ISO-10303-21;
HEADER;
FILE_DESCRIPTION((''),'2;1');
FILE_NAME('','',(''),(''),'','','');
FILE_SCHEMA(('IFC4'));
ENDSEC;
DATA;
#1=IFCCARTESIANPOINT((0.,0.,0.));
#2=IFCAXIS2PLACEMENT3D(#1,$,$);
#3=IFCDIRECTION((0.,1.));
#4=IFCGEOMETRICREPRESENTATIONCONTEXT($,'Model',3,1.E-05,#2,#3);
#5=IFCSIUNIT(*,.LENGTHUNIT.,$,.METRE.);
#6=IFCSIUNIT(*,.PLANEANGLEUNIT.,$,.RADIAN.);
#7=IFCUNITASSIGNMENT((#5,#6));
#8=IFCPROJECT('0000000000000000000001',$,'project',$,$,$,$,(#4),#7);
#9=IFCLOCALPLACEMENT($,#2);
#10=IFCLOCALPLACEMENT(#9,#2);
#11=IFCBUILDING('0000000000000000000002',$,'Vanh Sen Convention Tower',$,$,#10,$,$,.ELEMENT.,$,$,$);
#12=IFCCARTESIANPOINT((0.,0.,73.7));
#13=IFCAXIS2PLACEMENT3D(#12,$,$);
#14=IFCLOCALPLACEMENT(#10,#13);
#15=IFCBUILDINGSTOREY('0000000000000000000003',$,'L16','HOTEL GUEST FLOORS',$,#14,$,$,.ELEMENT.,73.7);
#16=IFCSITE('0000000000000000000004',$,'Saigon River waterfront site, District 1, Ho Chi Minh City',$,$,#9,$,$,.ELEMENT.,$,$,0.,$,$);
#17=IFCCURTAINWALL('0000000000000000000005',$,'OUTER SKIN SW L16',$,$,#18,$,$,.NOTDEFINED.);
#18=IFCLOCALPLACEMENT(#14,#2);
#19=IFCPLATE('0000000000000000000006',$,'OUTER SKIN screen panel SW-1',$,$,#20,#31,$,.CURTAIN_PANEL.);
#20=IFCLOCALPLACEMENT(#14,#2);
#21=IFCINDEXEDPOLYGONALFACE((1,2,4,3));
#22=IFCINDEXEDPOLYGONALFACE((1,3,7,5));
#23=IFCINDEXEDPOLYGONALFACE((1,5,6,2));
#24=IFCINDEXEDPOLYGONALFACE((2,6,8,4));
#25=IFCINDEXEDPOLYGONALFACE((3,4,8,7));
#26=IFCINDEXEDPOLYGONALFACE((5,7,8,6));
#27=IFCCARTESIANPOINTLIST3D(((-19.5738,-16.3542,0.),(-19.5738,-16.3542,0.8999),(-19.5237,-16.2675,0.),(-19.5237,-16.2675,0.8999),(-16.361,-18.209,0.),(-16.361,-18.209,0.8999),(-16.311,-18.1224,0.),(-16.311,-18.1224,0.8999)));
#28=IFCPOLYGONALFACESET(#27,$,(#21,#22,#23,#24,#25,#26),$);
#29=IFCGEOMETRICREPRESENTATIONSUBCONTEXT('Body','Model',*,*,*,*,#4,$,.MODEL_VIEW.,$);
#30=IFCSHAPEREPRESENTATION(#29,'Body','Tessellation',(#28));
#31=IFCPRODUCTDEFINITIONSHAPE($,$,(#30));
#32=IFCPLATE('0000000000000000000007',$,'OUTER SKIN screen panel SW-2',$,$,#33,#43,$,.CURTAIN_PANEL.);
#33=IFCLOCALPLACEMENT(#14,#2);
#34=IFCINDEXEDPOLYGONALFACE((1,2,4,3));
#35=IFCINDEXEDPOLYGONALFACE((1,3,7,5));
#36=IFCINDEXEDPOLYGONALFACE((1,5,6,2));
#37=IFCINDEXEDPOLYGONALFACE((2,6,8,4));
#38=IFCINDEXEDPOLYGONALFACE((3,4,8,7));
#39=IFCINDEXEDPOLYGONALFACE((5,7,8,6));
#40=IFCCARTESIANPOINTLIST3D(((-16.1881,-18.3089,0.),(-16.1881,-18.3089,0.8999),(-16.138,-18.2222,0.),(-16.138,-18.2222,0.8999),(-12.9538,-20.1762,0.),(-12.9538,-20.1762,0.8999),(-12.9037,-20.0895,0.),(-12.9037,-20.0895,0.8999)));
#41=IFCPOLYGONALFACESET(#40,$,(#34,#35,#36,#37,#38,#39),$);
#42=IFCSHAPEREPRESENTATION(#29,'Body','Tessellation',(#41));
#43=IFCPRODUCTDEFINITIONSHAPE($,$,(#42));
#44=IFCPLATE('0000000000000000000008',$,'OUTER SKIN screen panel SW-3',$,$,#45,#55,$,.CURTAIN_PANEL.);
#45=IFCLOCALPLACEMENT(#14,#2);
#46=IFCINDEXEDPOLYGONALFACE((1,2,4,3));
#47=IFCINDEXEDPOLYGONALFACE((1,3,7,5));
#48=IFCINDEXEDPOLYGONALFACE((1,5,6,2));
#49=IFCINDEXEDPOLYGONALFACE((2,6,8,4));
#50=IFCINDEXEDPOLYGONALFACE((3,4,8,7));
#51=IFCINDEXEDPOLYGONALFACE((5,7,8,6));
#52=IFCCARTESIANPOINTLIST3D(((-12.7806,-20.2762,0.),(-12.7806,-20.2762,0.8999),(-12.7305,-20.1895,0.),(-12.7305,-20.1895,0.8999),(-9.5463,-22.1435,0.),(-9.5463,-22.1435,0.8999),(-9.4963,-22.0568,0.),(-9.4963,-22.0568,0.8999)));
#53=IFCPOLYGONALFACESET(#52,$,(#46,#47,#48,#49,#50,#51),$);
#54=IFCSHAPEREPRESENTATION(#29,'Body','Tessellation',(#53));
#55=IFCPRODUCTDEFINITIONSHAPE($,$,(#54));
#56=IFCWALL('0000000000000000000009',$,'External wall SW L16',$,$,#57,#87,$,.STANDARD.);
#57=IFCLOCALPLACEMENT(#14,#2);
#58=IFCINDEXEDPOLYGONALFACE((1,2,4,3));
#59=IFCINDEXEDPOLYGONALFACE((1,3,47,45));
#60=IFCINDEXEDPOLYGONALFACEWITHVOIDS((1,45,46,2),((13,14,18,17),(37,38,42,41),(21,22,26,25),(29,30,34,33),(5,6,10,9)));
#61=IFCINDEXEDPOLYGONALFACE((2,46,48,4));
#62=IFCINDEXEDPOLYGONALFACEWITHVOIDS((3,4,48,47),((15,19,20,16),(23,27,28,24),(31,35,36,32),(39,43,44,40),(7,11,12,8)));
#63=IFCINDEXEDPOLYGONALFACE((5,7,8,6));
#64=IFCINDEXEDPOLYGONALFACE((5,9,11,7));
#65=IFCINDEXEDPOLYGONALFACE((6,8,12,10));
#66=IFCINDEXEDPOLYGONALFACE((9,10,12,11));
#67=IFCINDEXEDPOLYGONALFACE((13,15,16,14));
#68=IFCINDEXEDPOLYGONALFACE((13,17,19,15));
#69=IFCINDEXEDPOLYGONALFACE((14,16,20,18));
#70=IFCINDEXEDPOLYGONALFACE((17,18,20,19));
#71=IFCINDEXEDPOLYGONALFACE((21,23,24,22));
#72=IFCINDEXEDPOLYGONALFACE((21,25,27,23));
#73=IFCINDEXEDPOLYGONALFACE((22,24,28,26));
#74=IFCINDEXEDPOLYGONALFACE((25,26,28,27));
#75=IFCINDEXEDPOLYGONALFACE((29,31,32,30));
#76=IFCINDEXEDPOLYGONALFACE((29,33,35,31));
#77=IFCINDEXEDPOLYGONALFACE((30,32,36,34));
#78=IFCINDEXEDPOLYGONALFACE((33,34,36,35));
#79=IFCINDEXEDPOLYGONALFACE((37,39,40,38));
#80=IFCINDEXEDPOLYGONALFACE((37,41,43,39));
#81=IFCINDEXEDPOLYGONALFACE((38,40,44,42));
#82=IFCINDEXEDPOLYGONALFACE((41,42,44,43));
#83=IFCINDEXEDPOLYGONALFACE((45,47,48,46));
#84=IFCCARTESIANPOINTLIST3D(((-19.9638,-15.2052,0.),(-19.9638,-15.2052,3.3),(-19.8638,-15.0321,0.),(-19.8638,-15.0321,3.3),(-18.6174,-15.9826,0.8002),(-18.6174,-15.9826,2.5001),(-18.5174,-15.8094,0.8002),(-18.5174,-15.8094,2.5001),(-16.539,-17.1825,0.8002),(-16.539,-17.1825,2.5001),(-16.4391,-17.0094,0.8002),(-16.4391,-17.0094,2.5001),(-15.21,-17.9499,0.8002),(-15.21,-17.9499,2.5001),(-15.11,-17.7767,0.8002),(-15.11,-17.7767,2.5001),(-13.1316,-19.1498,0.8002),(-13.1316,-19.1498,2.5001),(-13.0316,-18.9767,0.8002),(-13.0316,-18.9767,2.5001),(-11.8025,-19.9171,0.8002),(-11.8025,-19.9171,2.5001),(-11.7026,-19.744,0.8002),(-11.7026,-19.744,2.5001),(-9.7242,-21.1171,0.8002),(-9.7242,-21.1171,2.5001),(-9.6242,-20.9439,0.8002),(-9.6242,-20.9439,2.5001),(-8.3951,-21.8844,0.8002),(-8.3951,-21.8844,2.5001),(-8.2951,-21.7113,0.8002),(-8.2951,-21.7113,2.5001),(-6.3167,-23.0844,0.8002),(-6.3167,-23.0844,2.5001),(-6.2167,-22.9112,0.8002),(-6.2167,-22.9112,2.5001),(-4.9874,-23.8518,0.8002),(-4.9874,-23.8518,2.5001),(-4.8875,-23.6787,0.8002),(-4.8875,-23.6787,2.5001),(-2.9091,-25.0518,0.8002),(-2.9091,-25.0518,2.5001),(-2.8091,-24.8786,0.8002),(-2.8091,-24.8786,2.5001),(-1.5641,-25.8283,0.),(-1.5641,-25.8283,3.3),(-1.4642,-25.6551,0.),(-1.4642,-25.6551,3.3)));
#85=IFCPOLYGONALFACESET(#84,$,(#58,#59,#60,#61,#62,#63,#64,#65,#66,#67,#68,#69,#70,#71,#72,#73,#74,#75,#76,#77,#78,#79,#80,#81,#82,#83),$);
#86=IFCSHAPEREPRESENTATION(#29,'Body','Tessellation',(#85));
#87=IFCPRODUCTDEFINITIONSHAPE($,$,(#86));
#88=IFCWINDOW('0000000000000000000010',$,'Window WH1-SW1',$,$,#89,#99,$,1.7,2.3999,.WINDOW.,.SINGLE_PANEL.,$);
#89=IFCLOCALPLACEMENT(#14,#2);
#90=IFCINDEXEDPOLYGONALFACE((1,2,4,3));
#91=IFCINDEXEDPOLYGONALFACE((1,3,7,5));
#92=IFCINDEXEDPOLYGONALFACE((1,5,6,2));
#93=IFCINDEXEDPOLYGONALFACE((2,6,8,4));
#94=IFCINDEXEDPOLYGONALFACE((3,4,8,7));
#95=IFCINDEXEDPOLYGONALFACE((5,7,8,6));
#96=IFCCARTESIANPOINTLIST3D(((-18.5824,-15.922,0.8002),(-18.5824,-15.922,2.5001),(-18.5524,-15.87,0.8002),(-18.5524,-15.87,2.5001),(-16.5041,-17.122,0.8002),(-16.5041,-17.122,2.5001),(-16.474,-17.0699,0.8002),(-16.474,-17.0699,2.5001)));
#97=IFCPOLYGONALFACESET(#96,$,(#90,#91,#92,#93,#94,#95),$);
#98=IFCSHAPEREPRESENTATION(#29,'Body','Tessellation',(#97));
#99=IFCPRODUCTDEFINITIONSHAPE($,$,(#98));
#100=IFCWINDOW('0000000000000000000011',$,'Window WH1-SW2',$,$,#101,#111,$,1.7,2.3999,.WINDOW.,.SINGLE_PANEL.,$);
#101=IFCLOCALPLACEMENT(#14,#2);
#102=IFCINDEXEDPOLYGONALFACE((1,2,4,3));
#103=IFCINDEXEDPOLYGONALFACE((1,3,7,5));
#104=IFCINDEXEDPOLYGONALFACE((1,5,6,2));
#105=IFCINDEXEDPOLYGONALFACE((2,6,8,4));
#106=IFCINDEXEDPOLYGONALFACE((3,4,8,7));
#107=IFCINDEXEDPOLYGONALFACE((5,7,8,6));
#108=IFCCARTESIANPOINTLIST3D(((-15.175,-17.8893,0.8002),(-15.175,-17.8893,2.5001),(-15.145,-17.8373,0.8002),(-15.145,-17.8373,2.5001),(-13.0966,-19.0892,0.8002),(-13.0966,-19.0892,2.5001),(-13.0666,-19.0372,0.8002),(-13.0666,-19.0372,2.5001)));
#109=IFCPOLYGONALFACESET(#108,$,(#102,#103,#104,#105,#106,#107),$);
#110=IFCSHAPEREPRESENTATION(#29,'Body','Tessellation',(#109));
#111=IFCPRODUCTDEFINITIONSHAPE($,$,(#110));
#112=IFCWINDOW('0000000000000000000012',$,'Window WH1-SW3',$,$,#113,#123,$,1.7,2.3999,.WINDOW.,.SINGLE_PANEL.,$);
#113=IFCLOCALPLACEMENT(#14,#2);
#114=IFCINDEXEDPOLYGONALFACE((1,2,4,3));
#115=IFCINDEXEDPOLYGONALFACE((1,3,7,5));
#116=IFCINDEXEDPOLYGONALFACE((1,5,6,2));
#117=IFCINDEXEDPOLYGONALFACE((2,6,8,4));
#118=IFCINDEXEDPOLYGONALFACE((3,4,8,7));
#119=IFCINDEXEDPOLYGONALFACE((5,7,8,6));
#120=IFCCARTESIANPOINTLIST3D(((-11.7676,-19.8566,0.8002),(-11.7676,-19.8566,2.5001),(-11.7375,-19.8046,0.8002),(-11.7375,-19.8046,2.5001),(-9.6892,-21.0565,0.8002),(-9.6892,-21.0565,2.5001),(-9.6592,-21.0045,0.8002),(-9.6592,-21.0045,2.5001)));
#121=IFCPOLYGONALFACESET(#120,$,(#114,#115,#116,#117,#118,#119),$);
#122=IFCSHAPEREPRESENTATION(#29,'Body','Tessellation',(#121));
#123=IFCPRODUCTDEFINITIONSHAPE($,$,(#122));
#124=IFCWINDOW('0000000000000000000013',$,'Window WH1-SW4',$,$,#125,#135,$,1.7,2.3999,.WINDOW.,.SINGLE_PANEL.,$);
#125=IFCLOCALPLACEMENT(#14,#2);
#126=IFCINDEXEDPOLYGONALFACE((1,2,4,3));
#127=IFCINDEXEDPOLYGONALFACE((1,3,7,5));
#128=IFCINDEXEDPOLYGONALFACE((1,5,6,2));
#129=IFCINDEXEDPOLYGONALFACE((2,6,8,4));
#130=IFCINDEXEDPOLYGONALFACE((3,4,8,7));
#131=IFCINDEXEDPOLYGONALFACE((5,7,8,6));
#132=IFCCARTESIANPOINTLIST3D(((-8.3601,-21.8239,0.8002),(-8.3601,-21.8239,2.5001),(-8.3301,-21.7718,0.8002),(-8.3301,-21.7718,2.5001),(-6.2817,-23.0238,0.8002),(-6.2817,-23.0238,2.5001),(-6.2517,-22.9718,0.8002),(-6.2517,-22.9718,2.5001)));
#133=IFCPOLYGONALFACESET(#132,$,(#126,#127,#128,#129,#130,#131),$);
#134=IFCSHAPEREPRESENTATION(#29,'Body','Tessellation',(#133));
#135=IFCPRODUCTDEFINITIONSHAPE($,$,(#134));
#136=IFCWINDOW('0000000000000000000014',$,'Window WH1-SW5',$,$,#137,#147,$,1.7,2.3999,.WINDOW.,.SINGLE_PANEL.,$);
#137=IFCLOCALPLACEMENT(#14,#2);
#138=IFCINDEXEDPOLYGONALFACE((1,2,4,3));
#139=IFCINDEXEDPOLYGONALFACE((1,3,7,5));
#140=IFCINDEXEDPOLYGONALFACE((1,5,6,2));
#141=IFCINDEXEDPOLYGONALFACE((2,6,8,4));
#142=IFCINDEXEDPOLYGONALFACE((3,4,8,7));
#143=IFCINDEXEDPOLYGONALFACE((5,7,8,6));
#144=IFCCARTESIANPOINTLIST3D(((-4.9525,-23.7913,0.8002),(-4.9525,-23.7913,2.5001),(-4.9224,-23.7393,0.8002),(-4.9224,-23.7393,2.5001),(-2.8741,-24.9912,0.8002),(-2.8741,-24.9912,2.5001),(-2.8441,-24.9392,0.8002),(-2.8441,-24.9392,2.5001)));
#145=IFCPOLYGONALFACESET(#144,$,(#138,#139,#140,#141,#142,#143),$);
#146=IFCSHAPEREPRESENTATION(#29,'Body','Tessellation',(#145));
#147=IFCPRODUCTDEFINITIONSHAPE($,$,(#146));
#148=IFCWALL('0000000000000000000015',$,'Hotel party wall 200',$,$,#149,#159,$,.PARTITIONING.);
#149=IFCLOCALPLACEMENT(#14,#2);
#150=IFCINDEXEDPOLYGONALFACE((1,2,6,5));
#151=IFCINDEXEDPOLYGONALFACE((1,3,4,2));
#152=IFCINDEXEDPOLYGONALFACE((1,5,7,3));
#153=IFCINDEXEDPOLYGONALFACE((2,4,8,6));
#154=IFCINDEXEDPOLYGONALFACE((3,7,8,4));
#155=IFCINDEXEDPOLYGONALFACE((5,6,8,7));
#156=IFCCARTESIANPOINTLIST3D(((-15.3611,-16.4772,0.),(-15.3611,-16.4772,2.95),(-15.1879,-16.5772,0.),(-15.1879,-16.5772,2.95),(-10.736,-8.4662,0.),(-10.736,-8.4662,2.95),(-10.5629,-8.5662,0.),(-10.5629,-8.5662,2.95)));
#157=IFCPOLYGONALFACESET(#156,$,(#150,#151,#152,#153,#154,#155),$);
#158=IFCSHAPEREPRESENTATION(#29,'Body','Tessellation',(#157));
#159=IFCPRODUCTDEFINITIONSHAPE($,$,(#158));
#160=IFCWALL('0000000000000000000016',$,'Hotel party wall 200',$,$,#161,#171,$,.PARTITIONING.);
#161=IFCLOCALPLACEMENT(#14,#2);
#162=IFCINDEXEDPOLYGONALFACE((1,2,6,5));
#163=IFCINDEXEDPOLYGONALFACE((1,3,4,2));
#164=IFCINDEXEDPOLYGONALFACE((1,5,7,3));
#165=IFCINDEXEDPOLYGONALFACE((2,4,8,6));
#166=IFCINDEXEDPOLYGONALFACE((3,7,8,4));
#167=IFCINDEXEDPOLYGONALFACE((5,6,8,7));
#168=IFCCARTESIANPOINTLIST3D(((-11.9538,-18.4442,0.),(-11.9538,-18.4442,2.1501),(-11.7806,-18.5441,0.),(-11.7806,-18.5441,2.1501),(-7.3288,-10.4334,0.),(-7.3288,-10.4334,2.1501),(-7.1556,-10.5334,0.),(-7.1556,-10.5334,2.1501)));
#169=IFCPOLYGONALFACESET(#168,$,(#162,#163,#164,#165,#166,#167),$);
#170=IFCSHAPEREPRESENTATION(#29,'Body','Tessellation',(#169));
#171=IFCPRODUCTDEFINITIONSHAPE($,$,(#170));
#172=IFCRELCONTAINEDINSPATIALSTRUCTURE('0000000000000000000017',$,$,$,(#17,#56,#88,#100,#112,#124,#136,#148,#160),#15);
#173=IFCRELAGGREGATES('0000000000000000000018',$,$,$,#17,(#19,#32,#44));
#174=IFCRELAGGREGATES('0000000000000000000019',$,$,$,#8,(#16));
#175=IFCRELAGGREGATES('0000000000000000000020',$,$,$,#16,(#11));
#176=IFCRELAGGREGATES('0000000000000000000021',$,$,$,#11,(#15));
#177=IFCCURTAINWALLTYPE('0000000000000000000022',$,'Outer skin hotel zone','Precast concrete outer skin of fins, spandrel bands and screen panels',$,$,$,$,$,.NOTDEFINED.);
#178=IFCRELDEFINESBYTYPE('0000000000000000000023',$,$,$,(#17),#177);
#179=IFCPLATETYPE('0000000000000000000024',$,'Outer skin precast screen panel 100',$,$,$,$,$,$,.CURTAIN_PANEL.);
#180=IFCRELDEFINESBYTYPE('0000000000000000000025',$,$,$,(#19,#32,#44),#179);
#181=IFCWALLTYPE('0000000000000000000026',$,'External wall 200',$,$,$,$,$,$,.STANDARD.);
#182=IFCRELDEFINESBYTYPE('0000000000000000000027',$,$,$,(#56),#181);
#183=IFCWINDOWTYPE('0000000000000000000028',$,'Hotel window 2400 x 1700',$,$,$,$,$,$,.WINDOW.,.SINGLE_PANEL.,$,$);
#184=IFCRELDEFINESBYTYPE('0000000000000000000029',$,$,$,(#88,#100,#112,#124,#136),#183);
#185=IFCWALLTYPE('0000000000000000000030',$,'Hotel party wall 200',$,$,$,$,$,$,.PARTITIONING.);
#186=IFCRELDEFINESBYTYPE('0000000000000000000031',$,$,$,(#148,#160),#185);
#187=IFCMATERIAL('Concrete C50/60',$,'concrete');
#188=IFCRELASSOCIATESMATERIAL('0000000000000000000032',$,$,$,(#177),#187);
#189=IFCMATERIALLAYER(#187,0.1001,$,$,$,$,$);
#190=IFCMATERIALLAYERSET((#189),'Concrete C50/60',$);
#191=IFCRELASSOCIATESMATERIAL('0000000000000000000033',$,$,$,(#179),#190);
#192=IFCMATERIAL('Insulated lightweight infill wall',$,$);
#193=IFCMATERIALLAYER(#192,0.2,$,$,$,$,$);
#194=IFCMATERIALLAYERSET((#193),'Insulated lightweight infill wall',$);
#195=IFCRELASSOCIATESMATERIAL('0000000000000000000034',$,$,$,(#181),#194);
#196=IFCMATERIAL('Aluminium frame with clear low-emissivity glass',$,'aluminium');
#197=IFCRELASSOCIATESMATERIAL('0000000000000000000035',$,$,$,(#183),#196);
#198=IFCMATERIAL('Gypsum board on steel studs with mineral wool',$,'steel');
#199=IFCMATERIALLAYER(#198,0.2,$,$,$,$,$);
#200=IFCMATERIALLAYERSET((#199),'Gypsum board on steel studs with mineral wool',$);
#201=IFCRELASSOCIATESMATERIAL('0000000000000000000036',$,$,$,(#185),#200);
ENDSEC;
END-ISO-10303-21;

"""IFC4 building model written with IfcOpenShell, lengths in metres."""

from ifc_helpers import new_model, si_unit, direction, frame, frame_2d, origin, origin_2d, place, context, subcontext, project, spatial, rectangle, extrude, material, layer, layer_set, type_object, element, fill, aggregate, save


model = new_model("IFC4")

# Units and contexts
model_context = context("Model", 3, precision=1e-05, world=origin(), true_north=direction((0.0, 1.0)))
body_context = subcontext(model_context, "Body", "Model", "MODEL_VIEW")
ifc_project = project(units=[si_unit("LENGTHUNIT", "METRE"), si_unit("PLANEANGLEUNIT", "RADIAN")], contexts=[model_context])

# Site, building, storey
site_placement = place(None, origin())
site = spatial("IfcSite", under=ifc_project, at=site_placement, Name="Saigon River waterfront site, District 1, Ho Chi Minh City", CompositionType="ELEMENT", RefElevation=0.0)
building_placement = place(site_placement, origin())
building = spatial("IfcBuilding", under=site, at=building_placement, Name="Vanh Sen Convention Tower", CompositionType="ELEMENT")
storey_placement = place(building_placement, frame((0.0, 0.0, 73.7)))
storey = spatial("IfcBuildingStorey", under=building, at=storey_placement, Name="L16", Description="HOTEL GUEST FLOORS", CompositionType="ELEMENT", Elevation=73.7)

# Curtain wall
ifc_material_1 = material(Name="Concrete C50/60", Category="concrete")
curtain_wall_type = type_object("IfcCurtainWallType", Name="Outer skin hotel zone", Description="Precast concrete outer skin of fins, spandrel bands and screen panels", PredefinedType="NOTDEFINED", material=ifc_material_1)
curtain_wall_1_placement = place(storey_placement, origin())
curtain_wall_1 = element("IfcCurtainWall", 1, at=curtain_wall_1_placement, inside=storey, type_object=curtain_wall_type, Name="OUTER SKIN SW L16", PredefinedType="NOTDEFINED")

# Shared definitions
ifc_layer_1 = layer(ifc_material_1, 0.1001)
ifc_layer_set_1 = layer_set([ifc_layer_1], Name="Concrete C50/60")
plate_type = type_object("IfcPlateType", Name="Outer skin precast screen panel 100", PredefinedType="CURTAIN_PANEL", material=ifc_layer_set_1)

# Plates
plate_1_placement = place(storey_placement, frame((-17.9424, -17.2383, 0.0), z_axis=(0.0, 0.0, 1.0), x_axis=(0.866028, -0.499995, 0.0)))
plate_1 = element("IfcPlate", 2, at=plate_1_placement, type_object=plate_type, Name="OUTER SKIN screen panel SW-1", PredefinedType="CURTAIN_PANEL", context=body_context, shape_type="SweptSolid", body=[
    extrude(rectangle(XDim=3.7097, YDim=0.1001, at=origin_2d()), origin(), (0.0, 0.0, 1.0), 0.8999),
])
plate_2_placement = place(storey_placement, frame((-14.5459, -19.1992, 0.0), z_axis=(0.0, 0.0, 1.0), x_axis=(0.866032, -0.499988, 0.0)))
plate_2 = element("IfcPlate", 3, at=plate_2_placement, type_object=plate_type, Name="OUTER SKIN screen panel SW-2", PredefinedType="CURTAIN_PANEL", context=body_context, shape_type="SweptSolid", body=[
    extrude(rectangle(XDim=3.7346, YDim=0.1001, at=origin_2d()), origin(), (0.0, 0.0, 1.0), 0.8999),
])
plate_3_placement = place(storey_placement, frame((-11.1384, -21.1665, 0.0), z_axis=(0.0, 0.0, 1.0), x_axis=(0.866028, -0.499995, 0.0)))
plate_3 = element("IfcPlate", 4, at=plate_3_placement, type_object=plate_type, Name="OUTER SKIN screen panel SW-3", PredefinedType="CURTAIN_PANEL", context=body_context, shape_type="SweptSolid", body=[
    extrude(rectangle(XDim=3.7346, YDim=0.1001, at=origin_2d()), origin(), (0.0, 0.0, 1.0), 0.8999),
])
aggregate(curtain_wall_1, [plate_1, plate_2, plate_3])

# Wall, openings, windows
ifc_material_2 = material(Name="Insulated lightweight infill wall")
ifc_layer_2 = layer(ifc_material_2, 0.2)
ifc_layer_set_2 = layer_set([ifc_layer_2], Name="Insulated lightweight infill wall")
wall_type_1 = type_object("IfcWallType", Name="External wall 200", PredefinedType="STANDARD", material=ifc_layer_set_2)
wall_1_placement = place(storey_placement, frame((-19.9138, -15.1187, 0.0), z_axis=(0.0, 0.0, 1.0), x_axis=(0.866025, -0.5, 0.0)))
wall_1 = element("IfcWall", 5, at=wall_1_placement, inside=storey, type_object=wall_type_1, Name="External wall SW L16", PredefinedType="STANDARD", context=body_context, shape_type="SweptSolid", body=[
    extrude(rectangle(XDim=21.2461, YDim=0.2, at=frame_2d((10.623, 0.0))), origin(), (0.0, 0.0, 1.0), 3.3),
])
opening_1_placement = place(wall_1_placement, frame((1.5547, 0.0, 0.8)))
opening_1 = element("IfcOpeningElement", 6, at=opening_1_placement, cuts=wall_1, PredefinedType="OPENING", context=body_context, shape_type="SweptSolid", body=[
    extrude(rectangle(XDim=2.3999, YDim=1.7, at=frame_2d((1.2, 0.8501))), frame((0.0, 0.1099, 0.0), z_axis=(0.0, -1.0, 0.0), x_axis=(1.0, 0.0, 0.0)), (0.0, 0.0, 1.0), 0.22),
])
opening_2_placement = place(wall_1_placement, frame((5.4893, 0.0, 0.8)))
opening_2 = element("IfcOpeningElement", 7, at=opening_2_placement, cuts=wall_1, PredefinedType="OPENING", context=body_context, shape_type="SweptSolid", body=[
    extrude(rectangle(XDim=2.3999, YDim=1.7, at=frame_2d((1.2, 0.8501))), frame((0.0, 0.1099, 0.0), z_axis=(0.0, -1.0, 0.0), x_axis=(1.0, 0.0, 0.0)), (0.0, 0.0, 1.0), 0.22),
])
opening_3_placement = place(wall_1_placement, frame((9.4238, 0.0, 0.8)))
opening_3 = element("IfcOpeningElement", 8, at=opening_3_placement, cuts=wall_1, PredefinedType="OPENING", context=body_context, shape_type="SweptSolid", body=[
    extrude(rectangle(XDim=2.3999, YDim=1.7, at=frame_2d((1.2, 0.8501))), frame((0.0, 0.1099, 0.0), z_axis=(0.0, -1.0, 0.0), x_axis=(1.0, 0.0, 0.0)), (0.0, 0.0, 1.0), 0.22),
])
opening_4_placement = place(wall_1_placement, frame((13.3584, 0.0, 0.8)))
opening_4 = element("IfcOpeningElement", 9, at=opening_4_placement, cuts=wall_1, PredefinedType="OPENING", context=body_context, shape_type="SweptSolid", body=[
    extrude(rectangle(XDim=2.3999, YDim=1.7, at=frame_2d((1.2, 0.8501))), frame((0.0, 0.1099, 0.0), z_axis=(0.0, -1.0, 0.0), x_axis=(1.0, 0.0, 0.0)), (0.0, 0.0, 1.0), 0.22),
])
opening_5_placement = place(wall_1_placement, frame((17.2932, 0.0, 0.8)))
opening_5 = element("IfcOpeningElement", 10, at=opening_5_placement, cuts=wall_1, PredefinedType="OPENING", context=body_context, shape_type="SweptSolid", body=[
    extrude(rectangle(XDim=2.3999, YDim=1.7, at=frame_2d((1.2, 0.8501))), frame((0.0, 0.1099, 0.0), z_axis=(0.0, -1.0, 0.0), x_axis=(1.0, 0.0, 0.0)), (0.0, 0.0, 1.0), 0.22),
])
ifc_material_3 = material(Name="Aluminium frame with clear low-emissivity glass", Category="aluminium")
window_type = type_object("IfcWindowType", Name="Hotel window 2400 x 1700", PartitioningType="SINGLE_PANEL", PredefinedType="WINDOW", material=ifc_material_3)
window_1_placement = place(opening_1_placement, origin())
window_1 = element("IfcWindow", 11, at=window_1_placement, inside=storey, type_object=window_type, Name="Window WH1-SW1", OverallHeight=1.7, OverallWidth=2.3999, PartitioningType="SINGLE_PANEL", PredefinedType="WINDOW", context=body_context, shape_type="SweptSolid", body=[
    extrude(rectangle(XDim=2.3999, YDim=1.7, at=frame_2d((1.2, 0.8501))), frame((0.0, 0.03, 0.0), z_axis=(0.0, -1.0, 0.0), x_axis=(1.0, 0.0, 0.0)), (0.0, 0.0, 1.0), 0.0601),
])
fill(opening_1, window_1)
window_2_placement = place(opening_2_placement, origin())
window_2 = element("IfcWindow", 12, at=window_2_placement, inside=storey, type_object=window_type, Name="Window WH1-SW2", OverallHeight=1.7, OverallWidth=2.3999, PartitioningType="SINGLE_PANEL", PredefinedType="WINDOW", context=body_context, shape_type="SweptSolid", body=[
    extrude(rectangle(XDim=2.3999, YDim=1.7, at=frame_2d((1.2, 0.8501))), frame((0.0, 0.03, 0.0), z_axis=(0.0, -1.0, 0.0), x_axis=(1.0, 0.0, 0.0)), (0.0, 0.0, 1.0), 0.0601),
])
fill(opening_2, window_2)
window_3_placement = place(opening_3_placement, origin())
window_3 = element("IfcWindow", 13, at=window_3_placement, inside=storey, type_object=window_type, Name="Window WH1-SW3", OverallHeight=1.7, OverallWidth=2.3999, PartitioningType="SINGLE_PANEL", PredefinedType="WINDOW", context=body_context, shape_type="SweptSolid", body=[
    extrude(rectangle(XDim=2.3999, YDim=1.7, at=frame_2d((1.2, 0.8501))), frame((0.0, 0.03, 0.0), z_axis=(0.0, -1.0, 0.0), x_axis=(1.0, 0.0, 0.0)), (0.0, 0.0, 1.0), 0.0601),
])
fill(opening_3, window_3)
window_4_placement = place(opening_4_placement, origin())
window_4 = element("IfcWindow", 14, at=window_4_placement, inside=storey, type_object=window_type, Name="Window WH1-SW4", OverallHeight=1.7, OverallWidth=2.3999, PartitioningType="SINGLE_PANEL", PredefinedType="WINDOW", context=body_context, shape_type="SweptSolid", body=[
    extrude(rectangle(XDim=2.3999, YDim=1.7, at=frame_2d((1.2, 0.8501))), frame((0.0, 0.03, 0.0), z_axis=(0.0, -1.0, 0.0), x_axis=(1.0, 0.0, 0.0)), (0.0, 0.0, 1.0), 0.0601),
])
fill(opening_4, window_4)
window_5_placement = place(opening_5_placement, origin())
window_5 = element("IfcWindow", 15, at=window_5_placement, inside=storey, type_object=window_type, Name="Window WH1-SW5", OverallHeight=1.7, OverallWidth=2.3999, PartitioningType="SINGLE_PANEL", PredefinedType="WINDOW", context=body_context, shape_type="SweptSolid", body=[
    extrude(rectangle(XDim=2.3999, YDim=1.7, at=frame_2d((1.2, 0.8501))), frame((0.0, 0.03, 0.0), z_axis=(0.0, -1.0, 0.0), x_axis=(1.0, 0.0, 0.0)), (0.0, 0.0, 1.0), 0.0601),
])
fill(opening_5, window_5)

# Walls
ifc_material_4 = material(Name="Gypsum board on steel studs with mineral wool", Category="steel")
ifc_layer_3 = layer(ifc_material_4, 0.2)
ifc_layer_set_3 = layer_set([ifc_layer_3], Name="Gypsum board on steel studs with mineral wool")
wall_type_2 = type_object("IfcWallType", Name="Hotel party wall 200", PredefinedType="PARTITIONING", material=ifc_layer_set_3)
wall_2_placement = place(storey_placement, frame((-15.2744, -16.5271, 0.0), z_axis=(0.0, 0.0, 1.0), x_axis=(0.499988, 0.866032, 0.0)))
element("IfcWall", 16, at=wall_2_placement, inside=storey, type_object=wall_type_2, Name="Hotel party wall 200", PredefinedType="PARTITIONING", context=body_context, shape_type="SweptSolid", body=[
    extrude(rectangle(XDim=9.2502, YDim=0.2, at=frame_2d((4.625, 0.0))), origin(), (0.0, 0.0, 1.0), 2.95),
])
wall_3_placement = place(storey_placement, frame((-11.8672, -18.4941, 0.0), z_axis=(0.0, 0.0, 1.0), x_axis=(0.5, 0.866026, 0.0)))
element("IfcWall", 17, at=wall_3_placement, inside=storey, type_object=wall_type_2, Name="Hotel party wall 200", PredefinedType="PARTITIONING", context=body_context, shape_type="SweptSolid", body=[
    extrude(rectangle(XDim=9.25, YDim=0.2, at=frame_2d((4.625, 0.0))), origin(), (0.0, 0.0, 1.0), 2.1501),
])

save(model, "model.ifc")
